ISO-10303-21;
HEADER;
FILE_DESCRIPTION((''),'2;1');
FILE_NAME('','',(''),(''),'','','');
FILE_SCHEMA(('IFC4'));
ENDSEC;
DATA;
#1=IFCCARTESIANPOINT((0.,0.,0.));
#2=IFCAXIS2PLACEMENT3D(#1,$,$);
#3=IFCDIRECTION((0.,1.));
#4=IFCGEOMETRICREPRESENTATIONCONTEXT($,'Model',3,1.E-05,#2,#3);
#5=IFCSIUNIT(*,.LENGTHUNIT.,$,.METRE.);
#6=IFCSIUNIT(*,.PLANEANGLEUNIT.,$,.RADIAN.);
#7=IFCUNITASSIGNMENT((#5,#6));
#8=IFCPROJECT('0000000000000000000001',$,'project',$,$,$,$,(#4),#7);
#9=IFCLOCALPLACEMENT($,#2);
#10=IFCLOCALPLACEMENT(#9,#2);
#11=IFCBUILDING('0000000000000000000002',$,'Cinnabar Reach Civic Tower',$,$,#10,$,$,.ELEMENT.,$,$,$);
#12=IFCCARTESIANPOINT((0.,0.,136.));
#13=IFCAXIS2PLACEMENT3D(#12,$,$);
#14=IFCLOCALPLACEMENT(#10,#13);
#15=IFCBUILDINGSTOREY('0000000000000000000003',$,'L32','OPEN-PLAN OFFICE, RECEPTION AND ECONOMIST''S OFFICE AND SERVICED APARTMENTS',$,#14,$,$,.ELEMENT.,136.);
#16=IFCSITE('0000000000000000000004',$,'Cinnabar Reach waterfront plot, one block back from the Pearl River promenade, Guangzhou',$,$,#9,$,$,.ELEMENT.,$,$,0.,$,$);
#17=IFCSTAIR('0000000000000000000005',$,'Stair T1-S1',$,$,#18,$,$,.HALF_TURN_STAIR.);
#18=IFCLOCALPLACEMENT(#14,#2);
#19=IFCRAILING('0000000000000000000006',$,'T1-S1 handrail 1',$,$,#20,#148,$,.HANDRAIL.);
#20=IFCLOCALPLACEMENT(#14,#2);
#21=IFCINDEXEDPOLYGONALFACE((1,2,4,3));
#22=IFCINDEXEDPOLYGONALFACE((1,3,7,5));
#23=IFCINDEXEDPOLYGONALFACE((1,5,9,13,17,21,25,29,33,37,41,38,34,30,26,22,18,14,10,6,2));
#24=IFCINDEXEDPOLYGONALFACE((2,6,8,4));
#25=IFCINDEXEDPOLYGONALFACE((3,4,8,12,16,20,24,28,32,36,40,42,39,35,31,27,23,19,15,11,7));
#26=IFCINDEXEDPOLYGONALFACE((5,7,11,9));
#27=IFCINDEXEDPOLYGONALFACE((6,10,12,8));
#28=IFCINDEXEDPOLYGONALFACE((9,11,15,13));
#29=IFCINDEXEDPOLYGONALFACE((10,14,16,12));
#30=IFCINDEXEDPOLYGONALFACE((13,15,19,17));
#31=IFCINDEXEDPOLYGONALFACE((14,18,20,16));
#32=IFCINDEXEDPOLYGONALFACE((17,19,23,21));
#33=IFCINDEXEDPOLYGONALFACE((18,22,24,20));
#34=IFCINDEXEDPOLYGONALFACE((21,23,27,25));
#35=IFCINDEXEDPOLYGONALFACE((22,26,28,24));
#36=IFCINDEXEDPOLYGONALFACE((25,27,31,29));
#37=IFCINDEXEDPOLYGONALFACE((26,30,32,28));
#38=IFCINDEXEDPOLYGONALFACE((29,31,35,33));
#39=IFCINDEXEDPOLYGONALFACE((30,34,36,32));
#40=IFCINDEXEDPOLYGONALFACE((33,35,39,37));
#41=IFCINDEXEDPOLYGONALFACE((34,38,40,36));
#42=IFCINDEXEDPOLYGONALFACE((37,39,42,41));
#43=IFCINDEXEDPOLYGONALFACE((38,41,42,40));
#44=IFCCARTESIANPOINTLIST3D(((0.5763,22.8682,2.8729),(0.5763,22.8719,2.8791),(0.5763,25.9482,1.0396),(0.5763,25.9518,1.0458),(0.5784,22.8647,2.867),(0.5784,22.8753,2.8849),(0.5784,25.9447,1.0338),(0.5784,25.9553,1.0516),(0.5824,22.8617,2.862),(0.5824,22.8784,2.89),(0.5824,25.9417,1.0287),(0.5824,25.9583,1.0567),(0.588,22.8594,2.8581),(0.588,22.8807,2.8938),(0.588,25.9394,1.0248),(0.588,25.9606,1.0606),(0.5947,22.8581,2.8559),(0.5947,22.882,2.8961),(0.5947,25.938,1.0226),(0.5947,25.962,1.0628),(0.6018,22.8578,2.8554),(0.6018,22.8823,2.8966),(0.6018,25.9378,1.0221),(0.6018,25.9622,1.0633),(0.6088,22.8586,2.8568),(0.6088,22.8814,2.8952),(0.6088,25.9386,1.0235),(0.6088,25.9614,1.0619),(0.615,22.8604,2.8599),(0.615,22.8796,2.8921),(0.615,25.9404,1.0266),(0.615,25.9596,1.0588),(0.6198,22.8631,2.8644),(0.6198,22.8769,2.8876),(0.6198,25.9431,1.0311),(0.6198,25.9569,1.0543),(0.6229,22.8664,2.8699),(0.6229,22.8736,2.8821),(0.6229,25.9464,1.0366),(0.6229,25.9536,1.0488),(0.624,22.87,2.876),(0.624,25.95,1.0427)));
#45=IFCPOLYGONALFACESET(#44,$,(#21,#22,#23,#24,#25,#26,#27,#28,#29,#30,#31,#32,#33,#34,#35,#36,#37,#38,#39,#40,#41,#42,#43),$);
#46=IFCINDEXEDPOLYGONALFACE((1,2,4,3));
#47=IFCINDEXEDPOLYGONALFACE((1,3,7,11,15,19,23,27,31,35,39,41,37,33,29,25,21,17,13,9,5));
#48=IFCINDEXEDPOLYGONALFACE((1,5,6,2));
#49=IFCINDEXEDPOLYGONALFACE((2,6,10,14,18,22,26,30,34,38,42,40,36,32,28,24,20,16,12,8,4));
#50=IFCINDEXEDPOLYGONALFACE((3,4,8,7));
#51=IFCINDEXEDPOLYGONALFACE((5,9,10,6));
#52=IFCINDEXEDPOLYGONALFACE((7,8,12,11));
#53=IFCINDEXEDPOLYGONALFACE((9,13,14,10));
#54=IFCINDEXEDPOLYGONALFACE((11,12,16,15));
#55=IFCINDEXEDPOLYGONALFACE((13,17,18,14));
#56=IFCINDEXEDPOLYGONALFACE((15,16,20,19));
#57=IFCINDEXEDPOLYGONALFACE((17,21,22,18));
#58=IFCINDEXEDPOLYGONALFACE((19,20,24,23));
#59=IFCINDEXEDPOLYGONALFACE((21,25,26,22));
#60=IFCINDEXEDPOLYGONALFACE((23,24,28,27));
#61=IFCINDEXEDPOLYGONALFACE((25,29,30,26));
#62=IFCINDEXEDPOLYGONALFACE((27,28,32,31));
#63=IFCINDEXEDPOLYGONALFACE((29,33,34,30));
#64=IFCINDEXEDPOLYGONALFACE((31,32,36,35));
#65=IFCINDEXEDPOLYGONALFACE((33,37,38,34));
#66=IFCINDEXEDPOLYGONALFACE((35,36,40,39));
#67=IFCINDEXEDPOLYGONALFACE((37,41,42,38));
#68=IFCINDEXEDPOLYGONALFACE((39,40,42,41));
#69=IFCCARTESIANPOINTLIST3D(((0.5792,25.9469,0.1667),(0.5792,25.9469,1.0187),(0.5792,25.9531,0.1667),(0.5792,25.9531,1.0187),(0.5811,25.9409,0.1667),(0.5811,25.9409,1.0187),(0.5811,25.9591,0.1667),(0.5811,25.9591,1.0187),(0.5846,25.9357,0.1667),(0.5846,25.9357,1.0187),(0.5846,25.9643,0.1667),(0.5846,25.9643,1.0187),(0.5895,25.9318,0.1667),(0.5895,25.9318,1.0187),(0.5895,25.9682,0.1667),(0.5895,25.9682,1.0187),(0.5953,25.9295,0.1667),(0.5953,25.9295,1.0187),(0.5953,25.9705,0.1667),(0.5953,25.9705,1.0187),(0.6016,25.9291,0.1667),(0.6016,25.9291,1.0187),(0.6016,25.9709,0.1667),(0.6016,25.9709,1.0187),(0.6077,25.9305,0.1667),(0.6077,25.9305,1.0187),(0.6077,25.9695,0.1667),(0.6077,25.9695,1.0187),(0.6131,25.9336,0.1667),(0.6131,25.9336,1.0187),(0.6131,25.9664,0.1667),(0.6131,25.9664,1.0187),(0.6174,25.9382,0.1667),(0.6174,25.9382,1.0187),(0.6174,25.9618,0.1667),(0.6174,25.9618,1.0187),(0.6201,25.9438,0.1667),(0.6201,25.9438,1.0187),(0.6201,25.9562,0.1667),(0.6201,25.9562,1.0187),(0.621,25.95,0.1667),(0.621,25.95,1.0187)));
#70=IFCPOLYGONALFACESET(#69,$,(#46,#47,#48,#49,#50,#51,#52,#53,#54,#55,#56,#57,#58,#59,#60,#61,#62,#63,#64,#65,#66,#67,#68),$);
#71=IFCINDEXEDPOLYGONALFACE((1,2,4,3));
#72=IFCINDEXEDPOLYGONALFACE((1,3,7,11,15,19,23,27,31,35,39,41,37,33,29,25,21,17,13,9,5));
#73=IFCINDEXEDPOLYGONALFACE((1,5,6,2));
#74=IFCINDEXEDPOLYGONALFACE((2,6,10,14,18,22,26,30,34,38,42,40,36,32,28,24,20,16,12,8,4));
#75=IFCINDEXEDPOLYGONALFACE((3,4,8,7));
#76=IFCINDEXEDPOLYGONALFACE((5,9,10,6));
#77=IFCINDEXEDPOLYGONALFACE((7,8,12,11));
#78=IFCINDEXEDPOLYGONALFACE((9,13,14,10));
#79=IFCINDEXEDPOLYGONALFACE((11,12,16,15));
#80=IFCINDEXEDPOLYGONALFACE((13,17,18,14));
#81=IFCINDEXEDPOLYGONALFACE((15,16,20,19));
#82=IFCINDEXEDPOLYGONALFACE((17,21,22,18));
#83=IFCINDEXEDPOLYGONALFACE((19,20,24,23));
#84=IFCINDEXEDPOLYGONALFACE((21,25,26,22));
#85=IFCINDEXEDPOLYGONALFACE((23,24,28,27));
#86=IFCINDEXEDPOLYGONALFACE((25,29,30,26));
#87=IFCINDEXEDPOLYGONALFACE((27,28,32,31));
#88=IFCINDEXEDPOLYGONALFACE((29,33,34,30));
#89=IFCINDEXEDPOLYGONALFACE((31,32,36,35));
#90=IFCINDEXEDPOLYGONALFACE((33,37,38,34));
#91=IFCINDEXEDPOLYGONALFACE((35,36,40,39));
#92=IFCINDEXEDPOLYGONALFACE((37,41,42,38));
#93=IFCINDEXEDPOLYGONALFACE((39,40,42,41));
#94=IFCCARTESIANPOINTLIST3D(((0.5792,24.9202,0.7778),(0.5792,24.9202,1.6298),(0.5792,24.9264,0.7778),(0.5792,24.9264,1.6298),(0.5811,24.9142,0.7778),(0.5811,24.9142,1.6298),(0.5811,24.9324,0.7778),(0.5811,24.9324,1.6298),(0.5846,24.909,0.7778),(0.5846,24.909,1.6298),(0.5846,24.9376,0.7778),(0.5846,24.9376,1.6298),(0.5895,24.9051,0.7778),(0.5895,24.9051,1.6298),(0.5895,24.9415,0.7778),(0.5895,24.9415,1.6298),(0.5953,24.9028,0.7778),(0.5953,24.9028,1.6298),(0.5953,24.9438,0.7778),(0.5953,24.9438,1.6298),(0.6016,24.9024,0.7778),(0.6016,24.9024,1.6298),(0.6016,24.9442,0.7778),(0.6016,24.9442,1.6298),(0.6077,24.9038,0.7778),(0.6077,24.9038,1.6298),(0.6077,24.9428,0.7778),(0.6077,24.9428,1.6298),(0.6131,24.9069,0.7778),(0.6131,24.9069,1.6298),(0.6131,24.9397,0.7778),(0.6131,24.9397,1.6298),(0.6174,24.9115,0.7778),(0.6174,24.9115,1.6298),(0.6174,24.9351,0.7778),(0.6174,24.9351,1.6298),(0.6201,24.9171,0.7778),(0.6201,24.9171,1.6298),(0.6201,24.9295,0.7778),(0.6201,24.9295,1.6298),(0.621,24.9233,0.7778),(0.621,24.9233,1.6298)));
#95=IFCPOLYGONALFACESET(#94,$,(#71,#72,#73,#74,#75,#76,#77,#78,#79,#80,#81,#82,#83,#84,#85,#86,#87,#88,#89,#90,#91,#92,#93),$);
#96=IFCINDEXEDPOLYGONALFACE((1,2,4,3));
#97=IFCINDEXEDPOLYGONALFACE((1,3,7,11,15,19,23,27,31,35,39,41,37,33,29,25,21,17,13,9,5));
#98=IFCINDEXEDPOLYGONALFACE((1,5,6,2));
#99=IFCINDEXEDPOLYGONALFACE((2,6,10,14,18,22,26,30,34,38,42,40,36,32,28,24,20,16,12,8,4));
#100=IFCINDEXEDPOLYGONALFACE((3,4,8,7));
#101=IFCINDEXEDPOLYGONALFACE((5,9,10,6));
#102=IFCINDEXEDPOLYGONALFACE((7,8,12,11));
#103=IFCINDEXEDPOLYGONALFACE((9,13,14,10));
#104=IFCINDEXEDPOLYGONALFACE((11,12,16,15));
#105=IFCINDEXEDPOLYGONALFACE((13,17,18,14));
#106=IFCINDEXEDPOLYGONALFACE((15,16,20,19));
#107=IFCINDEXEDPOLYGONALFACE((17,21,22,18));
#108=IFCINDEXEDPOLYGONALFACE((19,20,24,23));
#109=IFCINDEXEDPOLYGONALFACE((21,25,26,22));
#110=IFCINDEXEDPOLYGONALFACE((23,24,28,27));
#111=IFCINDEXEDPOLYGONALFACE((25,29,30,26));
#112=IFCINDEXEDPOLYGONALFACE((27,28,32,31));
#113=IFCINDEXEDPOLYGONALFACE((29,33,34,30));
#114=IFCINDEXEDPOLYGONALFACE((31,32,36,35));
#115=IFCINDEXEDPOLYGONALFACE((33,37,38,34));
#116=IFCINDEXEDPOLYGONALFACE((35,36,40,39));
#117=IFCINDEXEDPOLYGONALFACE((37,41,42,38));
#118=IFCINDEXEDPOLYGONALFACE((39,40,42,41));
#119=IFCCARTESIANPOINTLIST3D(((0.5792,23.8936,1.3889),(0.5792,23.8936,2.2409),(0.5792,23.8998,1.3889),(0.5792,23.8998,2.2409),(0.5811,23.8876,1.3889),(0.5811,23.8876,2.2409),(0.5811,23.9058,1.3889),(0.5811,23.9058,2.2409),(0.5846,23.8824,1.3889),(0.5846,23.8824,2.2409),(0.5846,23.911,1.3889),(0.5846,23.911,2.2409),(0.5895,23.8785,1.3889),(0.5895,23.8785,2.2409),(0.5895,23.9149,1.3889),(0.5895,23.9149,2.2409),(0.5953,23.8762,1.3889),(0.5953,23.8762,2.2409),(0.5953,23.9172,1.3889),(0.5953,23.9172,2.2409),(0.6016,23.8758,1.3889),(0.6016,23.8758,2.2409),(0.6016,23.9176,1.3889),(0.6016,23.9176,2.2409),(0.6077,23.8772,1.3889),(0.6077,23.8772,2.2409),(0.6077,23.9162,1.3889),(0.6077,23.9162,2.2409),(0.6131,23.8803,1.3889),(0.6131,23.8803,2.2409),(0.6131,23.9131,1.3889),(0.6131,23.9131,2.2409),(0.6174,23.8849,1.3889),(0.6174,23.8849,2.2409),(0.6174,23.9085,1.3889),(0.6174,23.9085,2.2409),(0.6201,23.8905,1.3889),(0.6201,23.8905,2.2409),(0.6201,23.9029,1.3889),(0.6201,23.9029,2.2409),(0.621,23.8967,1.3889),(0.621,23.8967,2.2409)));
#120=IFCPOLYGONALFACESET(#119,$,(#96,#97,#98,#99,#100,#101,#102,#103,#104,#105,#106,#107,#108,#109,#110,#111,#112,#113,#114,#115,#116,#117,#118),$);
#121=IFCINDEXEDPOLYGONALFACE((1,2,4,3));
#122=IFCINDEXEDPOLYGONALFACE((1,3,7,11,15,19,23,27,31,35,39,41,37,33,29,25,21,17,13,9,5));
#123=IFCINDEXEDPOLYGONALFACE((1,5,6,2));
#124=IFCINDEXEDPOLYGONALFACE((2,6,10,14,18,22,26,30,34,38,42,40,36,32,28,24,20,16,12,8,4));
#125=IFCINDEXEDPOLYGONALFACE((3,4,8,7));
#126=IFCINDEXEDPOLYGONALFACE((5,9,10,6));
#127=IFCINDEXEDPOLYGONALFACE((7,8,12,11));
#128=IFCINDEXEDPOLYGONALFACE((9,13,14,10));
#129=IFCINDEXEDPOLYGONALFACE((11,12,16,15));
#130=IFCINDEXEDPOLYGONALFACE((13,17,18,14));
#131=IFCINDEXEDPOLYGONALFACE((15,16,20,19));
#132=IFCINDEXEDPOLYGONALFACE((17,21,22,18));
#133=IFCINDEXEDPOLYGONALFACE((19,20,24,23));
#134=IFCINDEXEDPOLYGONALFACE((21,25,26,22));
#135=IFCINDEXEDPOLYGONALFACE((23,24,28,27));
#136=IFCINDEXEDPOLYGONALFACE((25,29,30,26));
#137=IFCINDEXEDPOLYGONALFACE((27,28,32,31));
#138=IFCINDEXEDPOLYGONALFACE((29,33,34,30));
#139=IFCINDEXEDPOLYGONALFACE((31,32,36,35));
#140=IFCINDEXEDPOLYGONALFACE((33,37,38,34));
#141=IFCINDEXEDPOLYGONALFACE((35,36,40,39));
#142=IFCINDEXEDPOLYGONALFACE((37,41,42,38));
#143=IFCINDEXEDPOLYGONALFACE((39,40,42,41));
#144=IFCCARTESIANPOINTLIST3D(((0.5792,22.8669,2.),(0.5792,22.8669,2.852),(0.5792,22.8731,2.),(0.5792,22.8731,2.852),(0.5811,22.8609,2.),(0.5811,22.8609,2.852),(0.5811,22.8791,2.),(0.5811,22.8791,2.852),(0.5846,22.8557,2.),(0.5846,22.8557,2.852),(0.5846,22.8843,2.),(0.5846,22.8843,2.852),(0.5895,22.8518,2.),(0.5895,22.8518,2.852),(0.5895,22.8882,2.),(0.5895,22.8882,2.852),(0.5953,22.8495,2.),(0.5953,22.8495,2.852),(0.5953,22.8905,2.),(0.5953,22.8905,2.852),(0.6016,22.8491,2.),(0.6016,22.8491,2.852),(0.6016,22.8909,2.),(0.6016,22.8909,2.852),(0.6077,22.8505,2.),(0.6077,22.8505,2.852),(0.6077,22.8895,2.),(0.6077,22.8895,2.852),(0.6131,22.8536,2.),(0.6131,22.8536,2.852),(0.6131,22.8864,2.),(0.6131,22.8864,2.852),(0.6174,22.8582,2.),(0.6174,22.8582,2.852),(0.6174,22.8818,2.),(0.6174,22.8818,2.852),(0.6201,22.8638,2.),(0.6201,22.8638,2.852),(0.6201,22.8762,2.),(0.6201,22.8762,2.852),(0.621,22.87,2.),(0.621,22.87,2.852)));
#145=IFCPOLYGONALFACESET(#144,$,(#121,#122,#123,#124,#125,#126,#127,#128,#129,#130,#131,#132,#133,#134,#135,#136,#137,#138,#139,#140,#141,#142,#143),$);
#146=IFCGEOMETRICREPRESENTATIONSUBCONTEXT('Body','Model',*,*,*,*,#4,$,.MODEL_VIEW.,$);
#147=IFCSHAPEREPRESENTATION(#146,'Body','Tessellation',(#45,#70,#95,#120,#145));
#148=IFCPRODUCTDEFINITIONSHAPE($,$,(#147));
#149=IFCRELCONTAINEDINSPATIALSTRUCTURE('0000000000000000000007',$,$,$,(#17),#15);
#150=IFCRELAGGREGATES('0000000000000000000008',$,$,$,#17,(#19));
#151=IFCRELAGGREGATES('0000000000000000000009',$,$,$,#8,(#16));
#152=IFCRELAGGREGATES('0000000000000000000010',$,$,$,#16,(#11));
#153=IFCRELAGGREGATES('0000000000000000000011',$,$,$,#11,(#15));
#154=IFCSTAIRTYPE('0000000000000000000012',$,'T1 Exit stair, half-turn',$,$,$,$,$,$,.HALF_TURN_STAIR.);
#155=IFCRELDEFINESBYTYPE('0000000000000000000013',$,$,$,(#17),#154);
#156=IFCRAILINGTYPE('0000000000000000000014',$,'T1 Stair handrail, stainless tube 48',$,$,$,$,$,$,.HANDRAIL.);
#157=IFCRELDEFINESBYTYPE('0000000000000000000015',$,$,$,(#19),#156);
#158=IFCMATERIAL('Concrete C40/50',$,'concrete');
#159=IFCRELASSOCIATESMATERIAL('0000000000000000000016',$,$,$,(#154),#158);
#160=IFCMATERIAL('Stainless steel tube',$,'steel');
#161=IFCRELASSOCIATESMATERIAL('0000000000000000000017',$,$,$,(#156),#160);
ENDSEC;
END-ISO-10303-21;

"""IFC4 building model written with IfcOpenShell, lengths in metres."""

from ifc_helpers import new_model, si_unit, direction, frame, origin, origin_2d, place, context, subcontext, project, spatial, circle, extrude, material, type_object, element, aggregate, save


model = new_model("IFC4")

# Units and contexts
model_context = context("Model", 3, precision=1e-05, world=origin(), true_north=direction((0.0, 1.0)))
body_context = subcontext(model_context, "Body", "Model", "MODEL_VIEW")
ifc_project = project(units=[si_unit("LENGTHUNIT", "METRE"), si_unit("PLANEANGLEUNIT", "RADIAN")], contexts=[model_context])

# Site, building, storey
site_placement = place(None, origin())
site = spatial("IfcSite", under=ifc_project, at=site_placement, Name="Cinnabar Reach waterfront plot, one block back from the Pearl River promenade, Guangzhou", CompositionType="ELEMENT", RefElevation=0.0)
building_placement = place(site_placement, origin())
building = spatial("IfcBuilding", under=site, at=building_placement, Name="Cinnabar Reach Civic Tower", CompositionType="ELEMENT")
storey_placement = place(building_placement, frame((0.0, 0.0, 136.0)))
storey = spatial("IfcBuildingStorey", under=building, at=storey_placement, Name="L32", Description="OPEN-PLAN OFFICE, RECEPTION AND ECONOMIST'S OFFICE AND SERVICED APARTMENTS", CompositionType="ELEMENT", Elevation=136.0)

# Stair, railing
ifc_material_1 = material(Name="Concrete C40/50", Category="concrete")
stair_type = type_object("IfcStairType", Name="T1 Exit stair, half-turn", PredefinedType="HALF_TURN_STAIR", material=ifc_material_1)
stair_placement = place(storey_placement, origin())
stair = element("IfcStair", 1, at=stair_placement, inside=storey, type_object=stair_type, Name="Stair T1-S1", PredefinedType="HALF_TURN_STAIR")
ifc_material_2 = material(Name="Stainless steel tube", Category="steel")
railing_type = type_object("IfcRailingType", Name="T1 Stair handrail, stainless tube 48", PredefinedType="HANDRAIL", material=ifc_material_2)
railing_1_placement = place(storey_placement, frame((0.6, 25.95, 0.1667)))
railing_1 = element("IfcRailing", 2, at=railing_1_placement, type_object=railing_type, Name="T1-S1 handrail 1", PredefinedType="HANDRAIL", context=body_context, shape_type="SweptSolid", body=[
    extrude(circle(Radius=0.024, at=origin_2d()), frame((0.0, 0.0, 0.876), z_axis=(0.0, -0.859297, 0.511477), x_axis=(1.0, 0.0, 0.0)), (0.0, 0.0, 1.0), 3.5843),
    extrude(circle(Radius=0.021, at=origin_2d()), origin(), (0.0, 0.0, 1.0), 0.852),
    extrude(circle(Radius=0.021, at=origin_2d()), frame((0.0, -1.0267, 0.6111)), (0.0, 0.0, 1.0), 0.852),
    extrude(circle(Radius=0.021, at=origin_2d()), frame((0.0, -2.0533, 1.2222)), (0.0, 0.0, 1.0), 0.852),
    extrude(circle(Radius=0.021, at=origin_2d()), frame((0.0, -3.08, 1.8333)), (0.0, 0.0, 1.0), 0.852),
])
aggregate(stair, [railing_1])

save(model, "model.ifc")
